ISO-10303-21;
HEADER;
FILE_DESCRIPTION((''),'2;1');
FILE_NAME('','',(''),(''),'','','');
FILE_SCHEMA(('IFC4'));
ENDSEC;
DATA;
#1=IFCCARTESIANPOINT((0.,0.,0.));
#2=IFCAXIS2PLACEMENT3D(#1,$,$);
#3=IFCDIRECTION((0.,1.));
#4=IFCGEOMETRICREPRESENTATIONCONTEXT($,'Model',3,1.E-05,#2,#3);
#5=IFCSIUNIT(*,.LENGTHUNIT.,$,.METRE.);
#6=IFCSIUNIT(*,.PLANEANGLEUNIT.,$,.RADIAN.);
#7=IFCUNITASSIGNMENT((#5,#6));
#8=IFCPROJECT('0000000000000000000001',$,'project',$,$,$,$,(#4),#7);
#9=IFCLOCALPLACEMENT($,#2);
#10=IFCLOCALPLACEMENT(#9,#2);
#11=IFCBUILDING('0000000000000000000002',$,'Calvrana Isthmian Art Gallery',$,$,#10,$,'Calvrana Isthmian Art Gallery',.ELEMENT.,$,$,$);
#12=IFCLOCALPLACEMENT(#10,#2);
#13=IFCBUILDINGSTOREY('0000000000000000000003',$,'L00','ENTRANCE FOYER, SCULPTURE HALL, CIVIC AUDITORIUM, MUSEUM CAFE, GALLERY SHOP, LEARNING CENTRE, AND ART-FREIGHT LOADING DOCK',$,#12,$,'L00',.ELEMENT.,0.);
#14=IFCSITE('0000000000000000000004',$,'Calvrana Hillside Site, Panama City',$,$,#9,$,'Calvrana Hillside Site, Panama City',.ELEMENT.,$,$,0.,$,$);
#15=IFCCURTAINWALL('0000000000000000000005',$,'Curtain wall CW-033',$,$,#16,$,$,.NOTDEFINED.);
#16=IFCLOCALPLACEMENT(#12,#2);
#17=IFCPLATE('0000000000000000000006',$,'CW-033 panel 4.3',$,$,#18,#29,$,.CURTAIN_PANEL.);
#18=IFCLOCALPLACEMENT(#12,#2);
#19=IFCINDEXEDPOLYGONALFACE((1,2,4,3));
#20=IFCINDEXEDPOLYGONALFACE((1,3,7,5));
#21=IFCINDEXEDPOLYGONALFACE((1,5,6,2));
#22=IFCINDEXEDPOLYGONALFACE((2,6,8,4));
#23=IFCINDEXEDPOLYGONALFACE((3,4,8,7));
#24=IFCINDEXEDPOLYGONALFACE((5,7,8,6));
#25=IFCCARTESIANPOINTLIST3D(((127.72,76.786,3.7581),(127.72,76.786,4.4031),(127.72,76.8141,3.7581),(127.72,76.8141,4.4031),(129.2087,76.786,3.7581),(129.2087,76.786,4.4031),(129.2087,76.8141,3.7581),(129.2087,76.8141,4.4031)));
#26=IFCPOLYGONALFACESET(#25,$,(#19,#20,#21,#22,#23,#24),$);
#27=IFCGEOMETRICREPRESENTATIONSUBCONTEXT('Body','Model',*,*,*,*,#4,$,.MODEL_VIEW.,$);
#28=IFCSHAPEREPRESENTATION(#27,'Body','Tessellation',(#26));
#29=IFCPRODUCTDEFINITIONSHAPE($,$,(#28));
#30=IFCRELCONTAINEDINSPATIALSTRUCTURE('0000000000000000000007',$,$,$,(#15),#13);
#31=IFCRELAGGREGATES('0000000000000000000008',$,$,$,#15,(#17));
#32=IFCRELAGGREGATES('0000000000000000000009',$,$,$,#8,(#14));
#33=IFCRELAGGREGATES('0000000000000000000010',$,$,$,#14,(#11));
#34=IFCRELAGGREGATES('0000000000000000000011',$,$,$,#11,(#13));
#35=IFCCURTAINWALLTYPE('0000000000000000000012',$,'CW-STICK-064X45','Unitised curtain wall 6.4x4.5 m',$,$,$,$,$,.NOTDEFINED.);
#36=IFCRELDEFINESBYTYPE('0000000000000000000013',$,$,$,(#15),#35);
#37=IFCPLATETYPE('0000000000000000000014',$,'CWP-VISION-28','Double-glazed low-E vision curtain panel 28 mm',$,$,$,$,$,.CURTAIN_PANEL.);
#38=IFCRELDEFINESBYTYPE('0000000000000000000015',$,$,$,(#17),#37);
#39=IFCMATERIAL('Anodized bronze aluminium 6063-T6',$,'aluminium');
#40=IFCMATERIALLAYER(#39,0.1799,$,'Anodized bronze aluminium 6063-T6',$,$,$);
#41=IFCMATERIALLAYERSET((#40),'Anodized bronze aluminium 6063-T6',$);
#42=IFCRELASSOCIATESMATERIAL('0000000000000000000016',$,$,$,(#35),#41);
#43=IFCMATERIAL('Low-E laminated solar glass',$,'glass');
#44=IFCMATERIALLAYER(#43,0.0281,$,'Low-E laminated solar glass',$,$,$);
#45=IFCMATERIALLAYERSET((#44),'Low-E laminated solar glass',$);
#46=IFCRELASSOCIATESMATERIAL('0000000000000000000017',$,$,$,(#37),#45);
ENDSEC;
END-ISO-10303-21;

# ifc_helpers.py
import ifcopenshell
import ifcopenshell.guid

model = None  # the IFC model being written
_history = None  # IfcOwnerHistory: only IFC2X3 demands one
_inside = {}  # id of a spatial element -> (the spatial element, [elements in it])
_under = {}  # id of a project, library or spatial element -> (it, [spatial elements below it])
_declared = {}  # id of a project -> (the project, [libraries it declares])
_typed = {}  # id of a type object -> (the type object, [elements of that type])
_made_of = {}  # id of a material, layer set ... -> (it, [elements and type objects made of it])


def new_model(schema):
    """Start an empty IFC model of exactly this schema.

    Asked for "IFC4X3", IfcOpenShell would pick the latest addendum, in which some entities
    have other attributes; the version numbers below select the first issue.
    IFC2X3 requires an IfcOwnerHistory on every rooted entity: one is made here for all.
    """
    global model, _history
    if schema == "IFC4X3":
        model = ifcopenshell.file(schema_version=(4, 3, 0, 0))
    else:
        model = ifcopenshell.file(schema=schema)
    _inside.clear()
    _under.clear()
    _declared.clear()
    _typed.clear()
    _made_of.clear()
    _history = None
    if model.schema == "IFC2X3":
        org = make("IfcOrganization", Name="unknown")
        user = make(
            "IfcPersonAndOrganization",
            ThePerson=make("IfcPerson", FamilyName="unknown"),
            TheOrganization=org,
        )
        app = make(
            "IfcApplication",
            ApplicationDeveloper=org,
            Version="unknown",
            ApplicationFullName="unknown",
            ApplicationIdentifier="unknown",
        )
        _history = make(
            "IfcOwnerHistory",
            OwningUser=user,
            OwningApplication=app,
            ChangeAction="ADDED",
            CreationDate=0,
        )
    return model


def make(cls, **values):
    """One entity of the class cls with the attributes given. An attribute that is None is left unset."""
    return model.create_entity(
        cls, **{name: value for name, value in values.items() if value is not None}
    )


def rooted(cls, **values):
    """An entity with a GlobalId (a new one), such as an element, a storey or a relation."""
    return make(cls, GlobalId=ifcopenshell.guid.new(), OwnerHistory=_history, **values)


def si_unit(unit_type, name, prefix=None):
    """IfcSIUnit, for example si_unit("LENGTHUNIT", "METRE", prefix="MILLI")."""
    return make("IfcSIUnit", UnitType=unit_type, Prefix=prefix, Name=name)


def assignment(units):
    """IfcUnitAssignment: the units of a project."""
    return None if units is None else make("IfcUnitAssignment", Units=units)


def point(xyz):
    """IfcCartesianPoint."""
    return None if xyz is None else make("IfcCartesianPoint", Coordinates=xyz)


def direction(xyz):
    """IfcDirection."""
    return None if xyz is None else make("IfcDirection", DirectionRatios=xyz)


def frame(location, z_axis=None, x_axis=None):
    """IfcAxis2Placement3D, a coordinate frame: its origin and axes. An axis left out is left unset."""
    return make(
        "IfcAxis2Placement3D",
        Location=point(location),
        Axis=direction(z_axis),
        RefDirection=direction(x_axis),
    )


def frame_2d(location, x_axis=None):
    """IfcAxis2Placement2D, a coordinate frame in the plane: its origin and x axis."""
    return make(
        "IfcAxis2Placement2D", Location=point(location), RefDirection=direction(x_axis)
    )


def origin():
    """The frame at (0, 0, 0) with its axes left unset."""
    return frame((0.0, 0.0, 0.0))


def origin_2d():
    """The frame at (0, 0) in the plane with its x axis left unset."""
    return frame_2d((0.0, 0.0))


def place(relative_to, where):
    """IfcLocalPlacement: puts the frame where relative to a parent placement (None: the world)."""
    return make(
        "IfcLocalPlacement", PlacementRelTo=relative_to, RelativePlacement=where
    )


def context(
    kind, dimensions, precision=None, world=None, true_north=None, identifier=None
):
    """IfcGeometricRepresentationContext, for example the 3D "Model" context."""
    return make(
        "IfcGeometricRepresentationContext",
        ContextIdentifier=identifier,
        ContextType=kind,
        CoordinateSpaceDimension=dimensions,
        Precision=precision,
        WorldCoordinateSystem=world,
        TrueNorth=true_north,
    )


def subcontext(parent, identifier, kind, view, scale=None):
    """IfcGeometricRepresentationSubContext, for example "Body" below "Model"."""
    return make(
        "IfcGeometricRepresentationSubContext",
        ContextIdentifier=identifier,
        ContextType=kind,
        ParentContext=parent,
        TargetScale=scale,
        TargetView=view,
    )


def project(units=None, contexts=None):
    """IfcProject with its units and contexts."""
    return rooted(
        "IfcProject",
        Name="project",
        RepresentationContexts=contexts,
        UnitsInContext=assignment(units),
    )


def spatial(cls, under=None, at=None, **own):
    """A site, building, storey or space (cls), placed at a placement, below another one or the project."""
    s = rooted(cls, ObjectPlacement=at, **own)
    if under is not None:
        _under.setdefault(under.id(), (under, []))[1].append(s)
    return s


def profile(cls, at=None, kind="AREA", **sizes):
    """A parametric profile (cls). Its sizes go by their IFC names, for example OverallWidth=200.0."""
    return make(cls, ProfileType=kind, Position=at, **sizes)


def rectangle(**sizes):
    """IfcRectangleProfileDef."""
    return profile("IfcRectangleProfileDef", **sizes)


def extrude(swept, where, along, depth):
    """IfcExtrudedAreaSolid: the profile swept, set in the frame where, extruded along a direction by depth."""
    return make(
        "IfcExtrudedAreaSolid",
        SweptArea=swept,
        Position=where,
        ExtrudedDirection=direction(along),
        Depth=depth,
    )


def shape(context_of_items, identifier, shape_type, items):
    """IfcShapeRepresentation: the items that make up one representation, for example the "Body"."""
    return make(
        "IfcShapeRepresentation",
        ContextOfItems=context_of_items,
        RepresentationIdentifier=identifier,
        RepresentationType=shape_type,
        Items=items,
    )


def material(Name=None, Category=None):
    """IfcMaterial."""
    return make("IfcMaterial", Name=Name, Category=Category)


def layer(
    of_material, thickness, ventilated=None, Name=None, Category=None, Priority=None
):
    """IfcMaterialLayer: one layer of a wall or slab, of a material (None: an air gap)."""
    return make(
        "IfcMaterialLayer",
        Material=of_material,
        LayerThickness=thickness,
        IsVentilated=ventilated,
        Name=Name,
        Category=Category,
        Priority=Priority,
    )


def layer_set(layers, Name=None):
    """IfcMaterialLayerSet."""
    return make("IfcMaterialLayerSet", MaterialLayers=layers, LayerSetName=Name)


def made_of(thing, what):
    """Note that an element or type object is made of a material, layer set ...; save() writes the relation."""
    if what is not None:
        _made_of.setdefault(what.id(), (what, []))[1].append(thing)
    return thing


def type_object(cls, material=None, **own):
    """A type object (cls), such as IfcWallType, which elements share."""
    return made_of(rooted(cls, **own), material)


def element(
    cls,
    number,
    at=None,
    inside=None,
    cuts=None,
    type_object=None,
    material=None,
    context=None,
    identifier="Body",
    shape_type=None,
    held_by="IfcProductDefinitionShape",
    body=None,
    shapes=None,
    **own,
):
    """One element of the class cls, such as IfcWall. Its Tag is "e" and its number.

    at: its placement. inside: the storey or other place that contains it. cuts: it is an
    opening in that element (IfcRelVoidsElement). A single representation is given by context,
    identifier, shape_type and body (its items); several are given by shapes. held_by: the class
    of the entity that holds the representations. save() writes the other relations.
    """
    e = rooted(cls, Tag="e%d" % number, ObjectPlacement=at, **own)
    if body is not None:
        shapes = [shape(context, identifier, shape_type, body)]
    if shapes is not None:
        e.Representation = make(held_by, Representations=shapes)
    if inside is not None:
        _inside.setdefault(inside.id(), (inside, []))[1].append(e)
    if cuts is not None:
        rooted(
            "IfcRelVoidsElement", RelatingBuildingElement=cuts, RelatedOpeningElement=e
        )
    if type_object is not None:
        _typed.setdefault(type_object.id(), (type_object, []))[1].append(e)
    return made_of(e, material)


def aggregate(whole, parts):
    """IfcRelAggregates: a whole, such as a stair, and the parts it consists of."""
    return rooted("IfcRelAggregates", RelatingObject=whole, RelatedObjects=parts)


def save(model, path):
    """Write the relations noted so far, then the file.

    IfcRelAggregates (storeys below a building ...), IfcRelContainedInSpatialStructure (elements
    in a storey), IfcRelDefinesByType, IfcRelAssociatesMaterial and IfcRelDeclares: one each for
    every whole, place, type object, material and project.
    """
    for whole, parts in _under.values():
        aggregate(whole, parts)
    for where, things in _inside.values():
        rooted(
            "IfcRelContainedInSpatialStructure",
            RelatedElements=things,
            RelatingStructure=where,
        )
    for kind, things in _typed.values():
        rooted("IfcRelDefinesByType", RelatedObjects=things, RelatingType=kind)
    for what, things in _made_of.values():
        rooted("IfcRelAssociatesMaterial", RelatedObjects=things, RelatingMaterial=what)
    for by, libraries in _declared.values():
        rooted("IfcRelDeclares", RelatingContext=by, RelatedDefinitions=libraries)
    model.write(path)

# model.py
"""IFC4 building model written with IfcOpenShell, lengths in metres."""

from ifc_helpers import new_model, si_unit, direction, frame, origin, origin_2d, place, context, subcontext, project, spatial, rectangle, extrude, material, layer, layer_set, type_object, element, aggregate, save


model = new_model("IFC4")

# Units and contexts
model_context = context("Model", 3, precision=1e-05, world=origin(), true_north=direction((0.0, 1.0)))
body_context = subcontext(model_context, "Body", "Model", "MODEL_VIEW")
ifc_project = project(units=[si_unit("LENGTHUNIT", "METRE"), si_unit("PLANEANGLEUNIT", "RADIAN")], contexts=[model_context])

# Site, building, storey
site_placement = place(None, origin())
site = spatial("IfcSite", under=ifc_project, at=site_placement, Name="Calvrana Hillside Site, Panama City", LongName="Calvrana Hillside Site, Panama City", CompositionType="ELEMENT", RefElevation=0.0)
building_placement = place(site_placement, origin())
building = spatial("IfcBuilding", under=site, at=building_placement, Name="Calvrana Isthmian Art Gallery", LongName="Calvrana Isthmian Art Gallery", CompositionType="ELEMENT")
storey_placement = place(building_placement, origin())
storey = spatial("IfcBuildingStorey", under=building, at=storey_placement, Name="L00", Description="ENTRANCE FOYER, SCULPTURE HALL, CIVIC AUDITORIUM, MUSEUM CAFE, GALLERY SHOP, LEARNING CENTRE, AND ART-FREIGHT LOADING DOCK", LongName="L00", CompositionType="ELEMENT", Elevation=0.0)

# Shared definitions
ifc_material_1 = material(Name="Anodized bronze aluminium 6063-T6", Category="aluminium")

# Curtain wall
ifc_layer_1 = layer(ifc_material_1, 0.1799, Name="Anodized bronze aluminium 6063-T6")
ifc_layer_set_1 = layer_set([ifc_layer_1], Name="Anodized bronze aluminium 6063-T6")
curtain_wall_type_1 = type_object("IfcCurtainWallType", Name="CW-STICK-064X45", Description="Unitised curtain wall 6.4x4.5 m", PredefinedType="NOTDEFINED", material=ifc_layer_set_1)
curtain_wall_1_placement = place(storey_placement, origin())
curtain_wall_1 = element("IfcCurtainWall", 1, at=curtain_wall_1_placement, inside=storey, type_object=curtain_wall_type_1, Name="Curtain wall CW-033", PredefinedType="NOTDEFINED")

# Plate
ifc_material_2 = material(Name="Low-E laminated solar glass", Category="glass")
ifc_layer_2 = layer(ifc_material_2, 0.0281, Name="Low-E laminated solar glass")
ifc_layer_set_2 = layer_set([ifc_layer_2], Name="Low-E laminated solar glass")
plate_type = type_object("IfcPlateType", Name="CWP-VISION-28", Description="Double-glazed low-E vision curtain panel 28 mm", PredefinedType="CURTAIN_PANEL", material=ifc_layer_set_2)
plate_1_placement = place(storey_placement, frame((128.4644, 76.8, 3.7581), z_axis=(0.0, 0.0, 1.0), x_axis=(-1.0, 0.0, 0.0)))
plate_1 = element("IfcPlate", 2, at=plate_1_placement, type_object=plate_type, Name="CW-033 panel 4.3", PredefinedType="CURTAIN_PANEL", context=body_context, shape_type="SweptSolid", body=[
    extrude(rectangle(XDim=1.4888, YDim=0.0281, at=origin_2d()), origin(), (0.0, 0.0, 1.0), 0.645),
])
aggregate(curtain_wall_1, [plate_1])

save(model, "model.ifc")
